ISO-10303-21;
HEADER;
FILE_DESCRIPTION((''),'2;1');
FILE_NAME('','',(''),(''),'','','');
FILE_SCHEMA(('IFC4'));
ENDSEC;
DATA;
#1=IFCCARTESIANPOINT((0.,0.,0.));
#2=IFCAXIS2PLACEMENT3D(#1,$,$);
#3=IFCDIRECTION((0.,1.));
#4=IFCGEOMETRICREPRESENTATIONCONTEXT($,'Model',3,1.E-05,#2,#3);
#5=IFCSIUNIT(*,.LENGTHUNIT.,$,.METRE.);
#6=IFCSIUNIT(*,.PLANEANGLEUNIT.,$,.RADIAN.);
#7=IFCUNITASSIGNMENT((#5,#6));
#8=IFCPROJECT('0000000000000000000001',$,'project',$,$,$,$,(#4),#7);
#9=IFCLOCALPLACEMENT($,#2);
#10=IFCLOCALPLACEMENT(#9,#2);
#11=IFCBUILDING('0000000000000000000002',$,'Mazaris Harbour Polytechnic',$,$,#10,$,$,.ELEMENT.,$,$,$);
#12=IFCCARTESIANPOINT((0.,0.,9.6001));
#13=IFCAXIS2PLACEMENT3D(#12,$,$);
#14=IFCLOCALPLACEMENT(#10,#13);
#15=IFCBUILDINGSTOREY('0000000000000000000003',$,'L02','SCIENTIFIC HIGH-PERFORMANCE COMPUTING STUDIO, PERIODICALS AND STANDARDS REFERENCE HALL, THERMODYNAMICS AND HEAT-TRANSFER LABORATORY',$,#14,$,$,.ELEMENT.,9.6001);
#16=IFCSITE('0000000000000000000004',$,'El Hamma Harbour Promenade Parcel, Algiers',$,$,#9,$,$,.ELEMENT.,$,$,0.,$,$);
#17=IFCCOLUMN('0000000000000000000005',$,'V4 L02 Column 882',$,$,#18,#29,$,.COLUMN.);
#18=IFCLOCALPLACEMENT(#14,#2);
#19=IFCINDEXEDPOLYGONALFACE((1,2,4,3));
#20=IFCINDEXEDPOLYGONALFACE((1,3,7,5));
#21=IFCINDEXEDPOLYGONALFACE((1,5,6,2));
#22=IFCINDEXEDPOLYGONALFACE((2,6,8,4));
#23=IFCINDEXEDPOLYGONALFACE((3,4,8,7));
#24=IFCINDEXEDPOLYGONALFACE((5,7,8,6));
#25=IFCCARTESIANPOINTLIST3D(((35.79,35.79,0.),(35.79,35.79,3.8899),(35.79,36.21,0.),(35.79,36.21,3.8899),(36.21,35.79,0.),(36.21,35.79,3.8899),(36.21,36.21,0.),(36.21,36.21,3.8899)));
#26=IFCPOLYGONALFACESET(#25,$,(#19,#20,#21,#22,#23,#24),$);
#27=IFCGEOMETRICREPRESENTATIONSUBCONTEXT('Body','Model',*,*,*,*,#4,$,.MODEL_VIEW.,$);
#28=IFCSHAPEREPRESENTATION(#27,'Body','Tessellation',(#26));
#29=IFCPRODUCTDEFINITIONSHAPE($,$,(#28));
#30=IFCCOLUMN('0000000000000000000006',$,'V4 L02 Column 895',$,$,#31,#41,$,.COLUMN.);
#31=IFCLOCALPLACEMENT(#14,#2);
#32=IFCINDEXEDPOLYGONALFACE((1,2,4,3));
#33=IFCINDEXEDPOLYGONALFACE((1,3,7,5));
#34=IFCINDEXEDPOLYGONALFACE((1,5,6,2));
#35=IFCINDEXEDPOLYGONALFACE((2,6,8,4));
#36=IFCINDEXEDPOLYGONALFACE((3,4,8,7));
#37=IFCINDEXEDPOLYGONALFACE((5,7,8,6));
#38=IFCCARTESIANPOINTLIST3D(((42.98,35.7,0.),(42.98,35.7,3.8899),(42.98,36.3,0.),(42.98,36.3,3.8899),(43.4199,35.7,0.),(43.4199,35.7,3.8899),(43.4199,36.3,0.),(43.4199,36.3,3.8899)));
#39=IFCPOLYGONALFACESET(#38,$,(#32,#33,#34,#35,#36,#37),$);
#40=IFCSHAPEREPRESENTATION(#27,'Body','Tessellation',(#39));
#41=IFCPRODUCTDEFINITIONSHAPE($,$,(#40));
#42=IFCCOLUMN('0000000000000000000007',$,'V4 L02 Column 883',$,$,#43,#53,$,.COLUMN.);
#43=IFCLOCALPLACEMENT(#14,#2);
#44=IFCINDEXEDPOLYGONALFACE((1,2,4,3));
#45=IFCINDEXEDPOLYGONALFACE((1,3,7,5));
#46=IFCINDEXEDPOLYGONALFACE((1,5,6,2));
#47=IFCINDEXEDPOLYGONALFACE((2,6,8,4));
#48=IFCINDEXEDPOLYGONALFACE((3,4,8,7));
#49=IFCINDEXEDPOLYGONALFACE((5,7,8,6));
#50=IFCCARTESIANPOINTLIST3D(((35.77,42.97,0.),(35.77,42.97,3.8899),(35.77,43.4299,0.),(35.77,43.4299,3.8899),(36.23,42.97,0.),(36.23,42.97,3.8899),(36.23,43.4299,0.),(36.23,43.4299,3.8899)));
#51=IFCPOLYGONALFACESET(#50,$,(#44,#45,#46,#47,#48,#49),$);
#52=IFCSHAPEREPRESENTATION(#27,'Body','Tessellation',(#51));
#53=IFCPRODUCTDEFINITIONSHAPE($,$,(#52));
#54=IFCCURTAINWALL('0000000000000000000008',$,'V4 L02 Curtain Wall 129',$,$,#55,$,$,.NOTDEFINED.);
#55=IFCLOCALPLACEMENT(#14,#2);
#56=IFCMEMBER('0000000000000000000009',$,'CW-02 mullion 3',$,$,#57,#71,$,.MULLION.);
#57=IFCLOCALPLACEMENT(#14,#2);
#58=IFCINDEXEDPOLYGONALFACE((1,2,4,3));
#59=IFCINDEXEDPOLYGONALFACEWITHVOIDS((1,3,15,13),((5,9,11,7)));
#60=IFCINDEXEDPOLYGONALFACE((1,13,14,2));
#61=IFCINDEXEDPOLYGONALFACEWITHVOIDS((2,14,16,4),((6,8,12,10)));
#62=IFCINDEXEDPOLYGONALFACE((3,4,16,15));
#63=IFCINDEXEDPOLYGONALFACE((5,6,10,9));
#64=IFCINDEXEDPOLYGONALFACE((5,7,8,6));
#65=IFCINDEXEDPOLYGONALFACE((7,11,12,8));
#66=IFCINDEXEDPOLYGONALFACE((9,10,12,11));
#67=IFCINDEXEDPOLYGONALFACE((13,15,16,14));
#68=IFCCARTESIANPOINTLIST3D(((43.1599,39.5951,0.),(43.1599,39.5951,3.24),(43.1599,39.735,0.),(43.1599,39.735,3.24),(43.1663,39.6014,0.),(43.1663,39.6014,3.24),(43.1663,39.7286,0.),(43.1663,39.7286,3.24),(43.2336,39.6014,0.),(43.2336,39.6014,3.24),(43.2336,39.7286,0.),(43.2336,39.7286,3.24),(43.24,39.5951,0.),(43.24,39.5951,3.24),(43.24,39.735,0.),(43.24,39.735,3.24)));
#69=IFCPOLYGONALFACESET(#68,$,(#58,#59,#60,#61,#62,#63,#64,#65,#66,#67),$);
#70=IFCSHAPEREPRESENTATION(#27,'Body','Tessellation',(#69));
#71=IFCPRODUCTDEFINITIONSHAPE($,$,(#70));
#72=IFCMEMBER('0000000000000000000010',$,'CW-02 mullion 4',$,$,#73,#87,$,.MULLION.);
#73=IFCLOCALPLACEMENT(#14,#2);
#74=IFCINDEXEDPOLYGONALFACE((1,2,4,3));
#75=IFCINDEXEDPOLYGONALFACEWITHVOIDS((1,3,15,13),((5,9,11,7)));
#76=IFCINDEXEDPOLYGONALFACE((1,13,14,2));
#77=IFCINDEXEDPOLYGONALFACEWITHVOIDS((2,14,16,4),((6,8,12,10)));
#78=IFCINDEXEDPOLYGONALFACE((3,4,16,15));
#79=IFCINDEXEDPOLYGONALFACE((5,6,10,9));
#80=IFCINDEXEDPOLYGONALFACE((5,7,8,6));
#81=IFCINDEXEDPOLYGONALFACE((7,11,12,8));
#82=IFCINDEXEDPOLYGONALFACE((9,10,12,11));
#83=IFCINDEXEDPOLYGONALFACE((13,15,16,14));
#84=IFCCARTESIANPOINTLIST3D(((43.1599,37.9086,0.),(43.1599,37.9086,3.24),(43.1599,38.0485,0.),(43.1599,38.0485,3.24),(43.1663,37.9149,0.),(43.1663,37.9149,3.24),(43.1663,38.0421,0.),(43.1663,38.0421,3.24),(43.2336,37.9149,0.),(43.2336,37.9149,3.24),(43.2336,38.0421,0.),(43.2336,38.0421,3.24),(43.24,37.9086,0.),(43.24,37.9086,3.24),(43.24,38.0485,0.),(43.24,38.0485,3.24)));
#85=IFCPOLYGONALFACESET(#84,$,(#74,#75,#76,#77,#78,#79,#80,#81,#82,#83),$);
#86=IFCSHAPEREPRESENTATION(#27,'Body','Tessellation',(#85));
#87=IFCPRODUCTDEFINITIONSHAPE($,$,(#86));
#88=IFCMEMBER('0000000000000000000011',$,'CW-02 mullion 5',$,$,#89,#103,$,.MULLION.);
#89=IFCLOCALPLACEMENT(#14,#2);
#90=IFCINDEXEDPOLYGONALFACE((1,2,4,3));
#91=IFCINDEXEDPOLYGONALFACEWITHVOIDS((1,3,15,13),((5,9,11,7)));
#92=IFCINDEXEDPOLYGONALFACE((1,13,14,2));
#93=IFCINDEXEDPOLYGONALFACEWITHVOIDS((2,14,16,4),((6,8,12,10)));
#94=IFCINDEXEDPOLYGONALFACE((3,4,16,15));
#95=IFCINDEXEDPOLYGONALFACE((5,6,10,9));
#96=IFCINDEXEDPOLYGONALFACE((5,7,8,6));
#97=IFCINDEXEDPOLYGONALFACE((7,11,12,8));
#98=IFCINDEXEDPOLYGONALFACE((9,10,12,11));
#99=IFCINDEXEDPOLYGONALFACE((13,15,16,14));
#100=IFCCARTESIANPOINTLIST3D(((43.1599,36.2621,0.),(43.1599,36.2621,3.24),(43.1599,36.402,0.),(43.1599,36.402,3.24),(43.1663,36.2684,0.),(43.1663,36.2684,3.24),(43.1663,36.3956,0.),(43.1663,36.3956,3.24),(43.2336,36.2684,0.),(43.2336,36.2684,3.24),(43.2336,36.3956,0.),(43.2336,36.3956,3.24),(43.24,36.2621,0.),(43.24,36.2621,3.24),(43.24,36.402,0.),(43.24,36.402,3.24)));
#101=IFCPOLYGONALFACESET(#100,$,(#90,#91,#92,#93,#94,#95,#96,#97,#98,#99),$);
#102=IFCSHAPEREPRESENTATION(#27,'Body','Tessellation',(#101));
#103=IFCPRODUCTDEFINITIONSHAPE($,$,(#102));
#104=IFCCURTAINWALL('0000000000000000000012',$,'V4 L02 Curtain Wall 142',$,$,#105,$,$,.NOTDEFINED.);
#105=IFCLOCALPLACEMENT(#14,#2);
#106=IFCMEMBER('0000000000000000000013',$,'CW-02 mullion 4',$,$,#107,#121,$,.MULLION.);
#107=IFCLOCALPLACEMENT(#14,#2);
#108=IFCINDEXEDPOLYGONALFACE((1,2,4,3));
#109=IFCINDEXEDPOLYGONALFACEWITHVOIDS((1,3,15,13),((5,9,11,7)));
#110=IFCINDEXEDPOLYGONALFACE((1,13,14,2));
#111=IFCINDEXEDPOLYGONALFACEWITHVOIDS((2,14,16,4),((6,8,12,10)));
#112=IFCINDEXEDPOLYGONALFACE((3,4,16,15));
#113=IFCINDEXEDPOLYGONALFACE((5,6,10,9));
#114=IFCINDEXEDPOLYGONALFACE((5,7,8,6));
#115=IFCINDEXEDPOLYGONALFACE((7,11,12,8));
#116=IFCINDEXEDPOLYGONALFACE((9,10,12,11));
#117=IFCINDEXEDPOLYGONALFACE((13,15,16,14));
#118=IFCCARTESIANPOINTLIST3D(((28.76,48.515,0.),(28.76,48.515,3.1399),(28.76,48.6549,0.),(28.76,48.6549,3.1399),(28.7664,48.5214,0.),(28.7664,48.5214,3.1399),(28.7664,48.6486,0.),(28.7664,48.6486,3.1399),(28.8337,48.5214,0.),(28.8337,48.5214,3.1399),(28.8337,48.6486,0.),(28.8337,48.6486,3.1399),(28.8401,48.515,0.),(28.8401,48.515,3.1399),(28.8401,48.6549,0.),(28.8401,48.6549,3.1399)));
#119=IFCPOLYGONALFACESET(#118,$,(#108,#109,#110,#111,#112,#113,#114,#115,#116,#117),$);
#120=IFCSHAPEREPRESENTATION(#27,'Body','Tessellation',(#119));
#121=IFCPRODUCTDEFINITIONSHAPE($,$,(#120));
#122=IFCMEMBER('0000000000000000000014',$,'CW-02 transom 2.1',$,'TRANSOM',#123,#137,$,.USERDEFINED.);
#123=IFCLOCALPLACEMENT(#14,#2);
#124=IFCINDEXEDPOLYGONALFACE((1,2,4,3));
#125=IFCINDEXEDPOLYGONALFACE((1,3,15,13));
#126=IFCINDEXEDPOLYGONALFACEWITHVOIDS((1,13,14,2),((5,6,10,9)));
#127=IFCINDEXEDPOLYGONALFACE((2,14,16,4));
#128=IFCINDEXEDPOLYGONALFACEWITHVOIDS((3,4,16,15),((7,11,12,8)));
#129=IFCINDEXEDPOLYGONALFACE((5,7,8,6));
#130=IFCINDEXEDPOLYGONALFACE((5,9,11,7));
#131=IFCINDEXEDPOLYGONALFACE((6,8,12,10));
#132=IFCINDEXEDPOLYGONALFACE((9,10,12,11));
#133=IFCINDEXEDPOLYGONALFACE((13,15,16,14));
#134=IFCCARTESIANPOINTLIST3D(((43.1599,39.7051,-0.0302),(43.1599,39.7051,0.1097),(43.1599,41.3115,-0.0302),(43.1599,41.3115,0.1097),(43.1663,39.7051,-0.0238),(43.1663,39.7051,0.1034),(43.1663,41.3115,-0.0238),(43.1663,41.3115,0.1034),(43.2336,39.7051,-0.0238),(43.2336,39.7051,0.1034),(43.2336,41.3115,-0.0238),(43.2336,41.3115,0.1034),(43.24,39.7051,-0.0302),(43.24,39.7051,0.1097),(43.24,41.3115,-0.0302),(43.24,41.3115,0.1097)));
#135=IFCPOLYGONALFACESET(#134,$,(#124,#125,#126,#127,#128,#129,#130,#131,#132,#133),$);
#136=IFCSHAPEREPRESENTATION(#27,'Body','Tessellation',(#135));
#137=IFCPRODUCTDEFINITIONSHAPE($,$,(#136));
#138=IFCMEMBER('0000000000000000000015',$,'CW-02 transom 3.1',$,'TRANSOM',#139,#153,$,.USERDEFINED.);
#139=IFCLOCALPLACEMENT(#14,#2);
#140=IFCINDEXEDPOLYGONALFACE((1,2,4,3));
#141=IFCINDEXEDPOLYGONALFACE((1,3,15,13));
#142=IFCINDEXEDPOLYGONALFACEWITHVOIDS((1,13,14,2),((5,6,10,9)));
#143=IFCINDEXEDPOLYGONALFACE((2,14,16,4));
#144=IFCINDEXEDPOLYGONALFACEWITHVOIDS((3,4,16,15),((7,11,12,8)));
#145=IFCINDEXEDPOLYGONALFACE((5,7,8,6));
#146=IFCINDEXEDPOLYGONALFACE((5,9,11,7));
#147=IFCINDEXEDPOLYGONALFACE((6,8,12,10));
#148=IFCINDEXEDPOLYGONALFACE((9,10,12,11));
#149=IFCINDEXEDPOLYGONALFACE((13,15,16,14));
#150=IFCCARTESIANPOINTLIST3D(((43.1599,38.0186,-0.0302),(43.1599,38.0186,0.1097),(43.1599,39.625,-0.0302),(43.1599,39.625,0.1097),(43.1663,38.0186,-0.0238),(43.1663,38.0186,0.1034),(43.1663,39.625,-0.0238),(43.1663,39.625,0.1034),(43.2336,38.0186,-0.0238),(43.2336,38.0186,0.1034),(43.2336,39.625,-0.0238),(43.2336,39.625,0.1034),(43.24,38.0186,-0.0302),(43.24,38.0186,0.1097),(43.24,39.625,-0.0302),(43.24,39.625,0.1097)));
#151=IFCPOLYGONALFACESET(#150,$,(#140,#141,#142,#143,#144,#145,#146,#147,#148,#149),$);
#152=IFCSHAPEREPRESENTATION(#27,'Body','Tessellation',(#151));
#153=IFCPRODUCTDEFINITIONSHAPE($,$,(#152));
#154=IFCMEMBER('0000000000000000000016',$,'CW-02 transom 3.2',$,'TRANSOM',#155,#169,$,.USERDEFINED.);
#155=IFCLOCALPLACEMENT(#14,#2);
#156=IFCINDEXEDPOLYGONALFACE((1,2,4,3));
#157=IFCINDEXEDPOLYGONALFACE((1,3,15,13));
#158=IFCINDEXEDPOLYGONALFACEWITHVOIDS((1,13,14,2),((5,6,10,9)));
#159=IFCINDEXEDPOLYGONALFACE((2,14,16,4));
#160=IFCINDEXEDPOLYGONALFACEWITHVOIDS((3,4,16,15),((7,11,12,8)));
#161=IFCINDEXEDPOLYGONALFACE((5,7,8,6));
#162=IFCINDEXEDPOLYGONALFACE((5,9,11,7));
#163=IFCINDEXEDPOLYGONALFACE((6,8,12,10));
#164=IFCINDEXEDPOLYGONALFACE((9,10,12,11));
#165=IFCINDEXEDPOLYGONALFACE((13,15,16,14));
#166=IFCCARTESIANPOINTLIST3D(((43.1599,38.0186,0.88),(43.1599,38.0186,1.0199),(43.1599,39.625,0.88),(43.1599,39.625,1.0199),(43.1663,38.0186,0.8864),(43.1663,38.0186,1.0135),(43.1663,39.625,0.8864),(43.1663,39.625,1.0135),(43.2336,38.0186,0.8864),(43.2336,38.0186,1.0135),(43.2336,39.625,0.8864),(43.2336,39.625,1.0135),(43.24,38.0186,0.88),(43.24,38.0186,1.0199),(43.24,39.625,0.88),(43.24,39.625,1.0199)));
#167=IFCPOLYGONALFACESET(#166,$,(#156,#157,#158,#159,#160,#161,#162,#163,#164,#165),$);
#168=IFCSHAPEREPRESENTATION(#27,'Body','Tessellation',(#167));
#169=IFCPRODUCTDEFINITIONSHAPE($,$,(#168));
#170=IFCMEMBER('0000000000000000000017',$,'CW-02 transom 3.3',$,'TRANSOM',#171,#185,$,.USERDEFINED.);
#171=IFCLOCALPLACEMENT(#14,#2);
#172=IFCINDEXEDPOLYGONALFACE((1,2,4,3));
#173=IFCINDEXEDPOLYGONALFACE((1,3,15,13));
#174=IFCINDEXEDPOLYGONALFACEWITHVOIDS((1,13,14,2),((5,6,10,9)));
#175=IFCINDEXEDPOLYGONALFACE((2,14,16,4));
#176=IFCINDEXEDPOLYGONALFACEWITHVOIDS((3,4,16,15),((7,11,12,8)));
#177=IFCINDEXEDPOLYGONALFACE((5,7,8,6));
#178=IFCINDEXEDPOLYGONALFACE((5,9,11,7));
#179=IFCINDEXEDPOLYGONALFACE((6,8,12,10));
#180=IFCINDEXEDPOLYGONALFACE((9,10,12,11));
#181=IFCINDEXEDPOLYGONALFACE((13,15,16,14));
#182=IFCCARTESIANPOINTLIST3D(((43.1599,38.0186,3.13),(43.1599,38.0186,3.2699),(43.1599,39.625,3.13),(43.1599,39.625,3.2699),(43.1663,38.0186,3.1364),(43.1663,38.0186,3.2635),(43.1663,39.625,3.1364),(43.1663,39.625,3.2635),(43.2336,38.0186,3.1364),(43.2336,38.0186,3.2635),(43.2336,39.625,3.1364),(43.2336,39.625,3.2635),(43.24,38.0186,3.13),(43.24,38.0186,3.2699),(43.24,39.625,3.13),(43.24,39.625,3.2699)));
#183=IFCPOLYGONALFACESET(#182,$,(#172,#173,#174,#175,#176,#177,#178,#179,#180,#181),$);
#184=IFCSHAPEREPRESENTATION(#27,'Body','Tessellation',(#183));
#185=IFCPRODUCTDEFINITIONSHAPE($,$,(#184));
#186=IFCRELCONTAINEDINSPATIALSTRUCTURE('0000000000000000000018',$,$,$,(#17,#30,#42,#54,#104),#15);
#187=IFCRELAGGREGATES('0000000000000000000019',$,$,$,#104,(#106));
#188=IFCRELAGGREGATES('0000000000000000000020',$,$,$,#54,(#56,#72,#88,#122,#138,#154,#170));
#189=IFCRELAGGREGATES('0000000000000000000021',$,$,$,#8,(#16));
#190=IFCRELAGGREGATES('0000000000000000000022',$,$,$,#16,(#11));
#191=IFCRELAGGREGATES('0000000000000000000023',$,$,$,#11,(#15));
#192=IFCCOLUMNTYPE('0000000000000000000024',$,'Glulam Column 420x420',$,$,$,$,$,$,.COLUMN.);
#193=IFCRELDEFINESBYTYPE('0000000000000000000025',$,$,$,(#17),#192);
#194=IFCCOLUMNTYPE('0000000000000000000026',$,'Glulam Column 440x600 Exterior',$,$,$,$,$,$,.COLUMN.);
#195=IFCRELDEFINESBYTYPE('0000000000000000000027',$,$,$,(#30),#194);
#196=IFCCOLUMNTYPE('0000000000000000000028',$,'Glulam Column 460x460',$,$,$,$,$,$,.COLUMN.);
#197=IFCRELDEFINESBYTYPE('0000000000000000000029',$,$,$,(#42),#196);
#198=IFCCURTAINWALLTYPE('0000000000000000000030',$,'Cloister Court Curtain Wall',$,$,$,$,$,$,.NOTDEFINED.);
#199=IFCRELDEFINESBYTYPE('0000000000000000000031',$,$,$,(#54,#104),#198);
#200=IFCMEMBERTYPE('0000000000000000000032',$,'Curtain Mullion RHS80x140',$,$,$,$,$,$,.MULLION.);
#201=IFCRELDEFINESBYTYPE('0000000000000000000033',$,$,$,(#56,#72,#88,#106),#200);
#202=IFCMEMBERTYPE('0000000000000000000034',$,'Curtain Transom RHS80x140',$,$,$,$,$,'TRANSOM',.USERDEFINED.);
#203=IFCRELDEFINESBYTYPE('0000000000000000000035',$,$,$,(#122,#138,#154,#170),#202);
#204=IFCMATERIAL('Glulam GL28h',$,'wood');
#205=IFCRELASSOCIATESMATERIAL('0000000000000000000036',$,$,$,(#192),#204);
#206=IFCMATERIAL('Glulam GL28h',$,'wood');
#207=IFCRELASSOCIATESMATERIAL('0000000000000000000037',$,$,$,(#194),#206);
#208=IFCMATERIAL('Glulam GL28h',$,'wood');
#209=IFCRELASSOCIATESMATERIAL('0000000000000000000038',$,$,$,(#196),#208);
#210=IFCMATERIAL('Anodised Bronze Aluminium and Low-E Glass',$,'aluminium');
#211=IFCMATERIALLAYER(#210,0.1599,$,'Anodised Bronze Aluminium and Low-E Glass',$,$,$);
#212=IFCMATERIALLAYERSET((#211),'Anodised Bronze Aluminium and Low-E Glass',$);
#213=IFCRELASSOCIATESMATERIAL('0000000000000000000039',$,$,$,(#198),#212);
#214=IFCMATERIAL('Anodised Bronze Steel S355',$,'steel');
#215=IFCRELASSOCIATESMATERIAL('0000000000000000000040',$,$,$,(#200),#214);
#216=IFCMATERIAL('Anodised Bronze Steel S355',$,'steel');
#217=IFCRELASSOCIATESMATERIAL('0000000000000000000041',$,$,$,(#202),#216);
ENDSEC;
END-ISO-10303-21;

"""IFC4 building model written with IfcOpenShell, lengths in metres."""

from ifc_helpers import new_model, si_unit, direction, frame, origin, origin_2d, place, context, subcontext, project, spatial, rectangle, hollow_rectangle, extrude, material, layer, layer_set, material_profile, profile_set, type_object, element, aggregate, save


model = new_model("IFC4")

# Units and contexts
model_context = context("Model", 3, precision=1e-05, world=origin(), true_north=direction((0.0, 1.0)))
body_context = subcontext(model_context, "Body", "Model", "MODEL_VIEW")
ifc_project = project(units=[si_unit("LENGTHUNIT", "METRE"), si_unit("PLANEANGLEUNIT", "RADIAN")], contexts=[model_context])

# Site, building, storey
site_placement = place(None, origin())
site = spatial("IfcSite", under=ifc_project, at=site_placement, Name="El Hamma Harbour Promenade Parcel, Algiers", CompositionType="ELEMENT", RefElevation=0.0)
building_placement = place(site_placement, origin())
building = spatial("IfcBuilding", under=site, at=building_placement, Name="Mazaris Harbour Polytechnic", CompositionType="ELEMENT")
storey_placement = place(building_placement, frame((0.0, 0.0, 9.6001)))
storey = spatial("IfcBuildingStorey", under=building, at=storey_placement, Name="L02", Description="SCIENTIFIC HIGH-PERFORMANCE COMPUTING STUDIO, PERIODICALS AND STANDARDS REFERENCE HALL, THERMODYNAMICS AND HEAT-TRANSFER LABORATORY", CompositionType="ELEMENT", Elevation=9.6001)

# Columns
ifc_material_1 = material(Name="Glulam GL28h", Category="wood")
ifc_material_profile_1 = material_profile(ifc_material_1, rectangle(XDim=0.4199, YDim=0.4199, at=origin_2d()), Name="RECT420x420")
ifc_profile_set_1 = profile_set([ifc_material_profile_1], Name="Glulam GL28h")
column_type_1 = type_object("IfcColumnType", Name="Glulam Column 420x420", PredefinedType="COLUMN", material=ifc_profile_set_1)
column_1_placement = place(storey_placement, frame((36.0, 36.0, 0.0), z_axis=(0.0, 0.0, 1.0), x_axis=(1.0, 0.0, 0.0)))
element("IfcColumn", 1, at=column_1_placement, inside=storey, type_object=column_type_1, Name="V4 L02 Column 882", PredefinedType="COLUMN", context=body_context, shape_type="SweptSolid", body=[
    extrude(rectangle(XDim=0.4199, YDim=0.4199, at=origin_2d()), origin(), (0.0, 0.0, 1.0), 3.8899),
])
ifc_material_2 = material(Name="Glulam GL28h", Category="wood")
ifc_material_profile_2 = material_profile(ifc_material_2, rectangle(XDim=0.4399, YDim=0.6001, at=origin_2d()), Name="RECT440x600")
ifc_profile_set_2 = profile_set([ifc_material_profile_2], Name="Glulam GL28h")
column_type_2 = type_object("IfcColumnType", Name="Glulam Column 440x600 Exterior", PredefinedType="COLUMN", material=ifc_profile_set_2)
column_2_placement = place(storey_placement, frame((43.2, 36.0, 0.0), z_axis=(0.0, 0.0, 1.0), x_axis=(1.0, 0.0, 0.0)))
element("IfcColumn", 2, at=column_2_placement, inside=storey, type_object=column_type_2, Name="V4 L02 Column 895", PredefinedType="COLUMN", context=body_context, shape_type="SweptSolid", body=[
    extrude(rectangle(XDim=0.4399, YDim=0.6001, at=origin_2d()), origin(), (0.0, 0.0, 1.0), 3.8899),
])
ifc_material_3 = material(Name="Glulam GL28h", Category="wood")
ifc_material_profile_3 = material_profile(ifc_material_3, rectangle(XDim=0.46, YDim=0.46, at=origin_2d()), Name="RECT460x460")
ifc_profile_set_3 = profile_set([ifc_material_profile_3], Name="Glulam GL28h")
column_type_3 = type_object("IfcColumnType", Name="Glulam Column 460x460", PredefinedType="COLUMN", material=ifc_profile_set_3)
column_3_placement = place(storey_placement, frame((36.0, 43.2, 0.0), z_axis=(0.0, 0.0, 1.0), x_axis=(1.0, 0.0, 0.0)))
element("IfcColumn", 3, at=column_3_placement, inside=storey, type_object=column_type_3, Name="V4 L02 Column 883", PredefinedType="COLUMN", context=body_context, shape_type="SweptSolid", body=[
    extrude(rectangle(XDim=0.46, YDim=0.46, at=origin_2d()), origin(), (0.0, 0.0, 1.0), 3.8899),
])

# Curtain wall, members
ifc_material_4 = material(Name="Anodised Bronze Aluminium and Low-E Glass", Category="aluminium")
ifc_layer_1 = layer(ifc_material_4, 0.1599, Name="Anodised Bronze Aluminium and Low-E Glass")
ifc_layer_set_1 = layer_set([ifc_layer_1], Name="Anodised Bronze Aluminium and Low-E Glass")
curtain_wall_type = type_object("IfcCurtainWallType", Name="Cloister Court Curtain Wall", PredefinedType="NOTDEFINED", material=ifc_layer_set_1)
curtain_wall_1_placement = place(storey_placement, origin())
curtain_wall_1 = element("IfcCurtainWall", 4, at=curtain_wall_1_placement, inside=storey, type_object=curtain_wall_type, Name="V4 L02 Curtain Wall 129", PredefinedType="NOTDEFINED")
ifc_material_5 = material(Name="Anodised Bronze Steel S355", Category="steel")
ifc_material_profile_4 = material_profile(ifc_material_5, hollow_rectangle(XDim=0.0801, YDim=0.1399, WallThickness=0.0063, at=origin_2d()), Name="RHS 80x140x6.3")
ifc_profile_set_4 = profile_set([ifc_material_profile_4], Name="Anodised Bronze Steel S355")
member_type_1 = type_object("IfcMemberType", Name="Curtain Mullion RHS80x140", PredefinedType="MULLION", material=ifc_profile_set_4)
member_1_placement = place(storey_placement, frame((43.2, 39.665, 0.0), z_axis=(0.0, 0.0, 1.0), x_axis=(1.0, 0.0, 0.0)))
member_1 = element("IfcMember", 5, at=member_1_placement, type_object=member_type_1, Name="CW-02 mullion 3", PredefinedType="MULLION", context=body_context, shape_type="SweptSolid", body=[
    extrude(hollow_rectangle(XDim=0.0801, YDim=0.1399, WallThickness=0.0063, at=origin_2d()), origin(), (0.0, 0.0, 1.0), 3.24),
])
member_2_placement = place(storey_placement, frame((43.2, 37.9785, 0.0), z_axis=(0.0, 0.0, 1.0), x_axis=(1.0, 0.0, 0.0)))
member_2 = element("IfcMember", 6, at=member_2_placement, type_object=member_type_1, Name="CW-02 mullion 4", PredefinedType="MULLION", context=body_context, shape_type="SweptSolid", body=[
    extrude(hollow_rectangle(XDim=0.0801, YDim=0.1399, WallThickness=0.0063, at=origin_2d()), origin(), (0.0, 0.0, 1.0), 3.24),
])
member_3_placement = place(storey_placement, frame((43.2, 36.332, 0.0), z_axis=(0.0, 0.0, 1.0), x_axis=(1.0, 0.0, 0.0)))
member_3 = element("IfcMember", 7, at=member_3_placement, type_object=member_type_1, Name="CW-02 mullion 5", PredefinedType="MULLION", context=body_context, shape_type="SweptSolid", body=[
    extrude(hollow_rectangle(XDim=0.0801, YDim=0.1399, WallThickness=0.0063, at=origin_2d()), origin(), (0.0, 0.0, 1.0), 3.24),
])

# Curtain wall, member
curtain_wall_2_placement = place(storey_placement, origin())
curtain_wall_2 = element("IfcCurtainWall", 8, at=curtain_wall_2_placement, inside=storey, type_object=curtain_wall_type, Name="V4 L02 Curtain Wall 142", PredefinedType="NOTDEFINED")
member_4_placement = place(storey_placement, frame((28.8, 48.585, 0.0), z_axis=(0.0, 0.0, 1.0), x_axis=(1.0, 0.0, 0.0)))
member_4 = element("IfcMember", 9, at=member_4_placement, type_object=member_type_1, Name="CW-02 mullion 4", PredefinedType="MULLION", context=body_context, shape_type="SweptSolid", body=[
    extrude(hollow_rectangle(XDim=0.0801, YDim=0.1399, WallThickness=0.0063, at=origin_2d()), origin(), (0.0, 0.0, 1.0), 3.1399),
])
aggregate(curtain_wall_2, [member_4])

# Members
ifc_material_6 = material(Name="Anodised Bronze Steel S355", Category="steel")
ifc_material_profile_5 = material_profile(ifc_material_6, hollow_rectangle(XDim=0.0801, YDim=0.1399, WallThickness=0.0063, at=origin_2d()), Name="RHS 80x140x6.3")
ifc_profile_set_5 = profile_set([ifc_material_profile_5], Name="Anodised Bronze Steel S355")
member_type_2 = type_object("IfcMemberType", Name="Curtain Transom RHS80x140", ElementType="TRANSOM", PredefinedType="USERDEFINED", material=ifc_profile_set_5)
member_5_placement = place(storey_placement, frame((43.2, 41.3115, 0.0398), z_axis=(0.0, -1.0, 0.0), x_axis=(1.0, 0.0, 0.0)))
member_5 = element("IfcMember", 10, at=member_5_placement, type_object=member_type_2, Name="CW-02 transom 2.1", ObjectType="TRANSOM", PredefinedType="USERDEFINED", context=body_context, shape_type="SweptSolid", body=[
    extrude(hollow_rectangle(XDim=0.0801, YDim=0.1399, WallThickness=0.0063, at=origin_2d()), origin(), (0.0, 0.0, 1.0), 1.6064),
])
member_6_placement = place(storey_placement, frame((43.2, 39.625, 0.0398), z_axis=(0.0, -1.0, 0.0), x_axis=(1.0, 0.0, 0.0)))
member_6 = element("IfcMember", 11, at=member_6_placement, type_object=member_type_2, Name="CW-02 transom 3.1", ObjectType="TRANSOM", PredefinedType="USERDEFINED", context=body_context, shape_type="SweptSolid", body=[
    extrude(hollow_rectangle(XDim=0.0801, YDim=0.1399, WallThickness=0.0063, at=origin_2d()), origin(), (0.0, 0.0, 1.0), 1.6064),
])
member_7_placement = place(storey_placement, frame((43.2, 39.625, 0.95), z_axis=(0.0, -1.0, 0.0), x_axis=(1.0, 0.0, 0.0)))
member_7 = element("IfcMember", 12, at=member_7_placement, type_object=member_type_2, Name="CW-02 transom 3.2", ObjectType="TRANSOM", PredefinedType="USERDEFINED", context=body_context, shape_type="SweptSolid", body=[
    extrude(hollow_rectangle(XDim=0.0801, YDim=0.1399, WallThickness=0.0063, at=origin_2d()), origin(), (0.0, 0.0, 1.0), 1.6064),
])
member_8_placement = place(storey_placement, frame((43.2, 39.625, 3.2), z_axis=(0.0, -1.0, 0.0), x_axis=(1.0, 0.0, 0.0)))
member_8 = element("IfcMember", 13, at=member_8_placement, type_object=member_type_2, Name="CW-02 transom 3.3", ObjectType="TRANSOM", PredefinedType="USERDEFINED", context=body_context, shape_type="SweptSolid", body=[
    extrude(hollow_rectangle(XDim=0.0801, YDim=0.1399, WallThickness=0.0063, at=origin_2d()), origin(), (0.0, 0.0, 1.0), 1.6064),
])

aggregate(curtain_wall_1, [member_1, member_2, member_3, member_5, member_6, member_7, member_8])

save(model, "model.ifc")
